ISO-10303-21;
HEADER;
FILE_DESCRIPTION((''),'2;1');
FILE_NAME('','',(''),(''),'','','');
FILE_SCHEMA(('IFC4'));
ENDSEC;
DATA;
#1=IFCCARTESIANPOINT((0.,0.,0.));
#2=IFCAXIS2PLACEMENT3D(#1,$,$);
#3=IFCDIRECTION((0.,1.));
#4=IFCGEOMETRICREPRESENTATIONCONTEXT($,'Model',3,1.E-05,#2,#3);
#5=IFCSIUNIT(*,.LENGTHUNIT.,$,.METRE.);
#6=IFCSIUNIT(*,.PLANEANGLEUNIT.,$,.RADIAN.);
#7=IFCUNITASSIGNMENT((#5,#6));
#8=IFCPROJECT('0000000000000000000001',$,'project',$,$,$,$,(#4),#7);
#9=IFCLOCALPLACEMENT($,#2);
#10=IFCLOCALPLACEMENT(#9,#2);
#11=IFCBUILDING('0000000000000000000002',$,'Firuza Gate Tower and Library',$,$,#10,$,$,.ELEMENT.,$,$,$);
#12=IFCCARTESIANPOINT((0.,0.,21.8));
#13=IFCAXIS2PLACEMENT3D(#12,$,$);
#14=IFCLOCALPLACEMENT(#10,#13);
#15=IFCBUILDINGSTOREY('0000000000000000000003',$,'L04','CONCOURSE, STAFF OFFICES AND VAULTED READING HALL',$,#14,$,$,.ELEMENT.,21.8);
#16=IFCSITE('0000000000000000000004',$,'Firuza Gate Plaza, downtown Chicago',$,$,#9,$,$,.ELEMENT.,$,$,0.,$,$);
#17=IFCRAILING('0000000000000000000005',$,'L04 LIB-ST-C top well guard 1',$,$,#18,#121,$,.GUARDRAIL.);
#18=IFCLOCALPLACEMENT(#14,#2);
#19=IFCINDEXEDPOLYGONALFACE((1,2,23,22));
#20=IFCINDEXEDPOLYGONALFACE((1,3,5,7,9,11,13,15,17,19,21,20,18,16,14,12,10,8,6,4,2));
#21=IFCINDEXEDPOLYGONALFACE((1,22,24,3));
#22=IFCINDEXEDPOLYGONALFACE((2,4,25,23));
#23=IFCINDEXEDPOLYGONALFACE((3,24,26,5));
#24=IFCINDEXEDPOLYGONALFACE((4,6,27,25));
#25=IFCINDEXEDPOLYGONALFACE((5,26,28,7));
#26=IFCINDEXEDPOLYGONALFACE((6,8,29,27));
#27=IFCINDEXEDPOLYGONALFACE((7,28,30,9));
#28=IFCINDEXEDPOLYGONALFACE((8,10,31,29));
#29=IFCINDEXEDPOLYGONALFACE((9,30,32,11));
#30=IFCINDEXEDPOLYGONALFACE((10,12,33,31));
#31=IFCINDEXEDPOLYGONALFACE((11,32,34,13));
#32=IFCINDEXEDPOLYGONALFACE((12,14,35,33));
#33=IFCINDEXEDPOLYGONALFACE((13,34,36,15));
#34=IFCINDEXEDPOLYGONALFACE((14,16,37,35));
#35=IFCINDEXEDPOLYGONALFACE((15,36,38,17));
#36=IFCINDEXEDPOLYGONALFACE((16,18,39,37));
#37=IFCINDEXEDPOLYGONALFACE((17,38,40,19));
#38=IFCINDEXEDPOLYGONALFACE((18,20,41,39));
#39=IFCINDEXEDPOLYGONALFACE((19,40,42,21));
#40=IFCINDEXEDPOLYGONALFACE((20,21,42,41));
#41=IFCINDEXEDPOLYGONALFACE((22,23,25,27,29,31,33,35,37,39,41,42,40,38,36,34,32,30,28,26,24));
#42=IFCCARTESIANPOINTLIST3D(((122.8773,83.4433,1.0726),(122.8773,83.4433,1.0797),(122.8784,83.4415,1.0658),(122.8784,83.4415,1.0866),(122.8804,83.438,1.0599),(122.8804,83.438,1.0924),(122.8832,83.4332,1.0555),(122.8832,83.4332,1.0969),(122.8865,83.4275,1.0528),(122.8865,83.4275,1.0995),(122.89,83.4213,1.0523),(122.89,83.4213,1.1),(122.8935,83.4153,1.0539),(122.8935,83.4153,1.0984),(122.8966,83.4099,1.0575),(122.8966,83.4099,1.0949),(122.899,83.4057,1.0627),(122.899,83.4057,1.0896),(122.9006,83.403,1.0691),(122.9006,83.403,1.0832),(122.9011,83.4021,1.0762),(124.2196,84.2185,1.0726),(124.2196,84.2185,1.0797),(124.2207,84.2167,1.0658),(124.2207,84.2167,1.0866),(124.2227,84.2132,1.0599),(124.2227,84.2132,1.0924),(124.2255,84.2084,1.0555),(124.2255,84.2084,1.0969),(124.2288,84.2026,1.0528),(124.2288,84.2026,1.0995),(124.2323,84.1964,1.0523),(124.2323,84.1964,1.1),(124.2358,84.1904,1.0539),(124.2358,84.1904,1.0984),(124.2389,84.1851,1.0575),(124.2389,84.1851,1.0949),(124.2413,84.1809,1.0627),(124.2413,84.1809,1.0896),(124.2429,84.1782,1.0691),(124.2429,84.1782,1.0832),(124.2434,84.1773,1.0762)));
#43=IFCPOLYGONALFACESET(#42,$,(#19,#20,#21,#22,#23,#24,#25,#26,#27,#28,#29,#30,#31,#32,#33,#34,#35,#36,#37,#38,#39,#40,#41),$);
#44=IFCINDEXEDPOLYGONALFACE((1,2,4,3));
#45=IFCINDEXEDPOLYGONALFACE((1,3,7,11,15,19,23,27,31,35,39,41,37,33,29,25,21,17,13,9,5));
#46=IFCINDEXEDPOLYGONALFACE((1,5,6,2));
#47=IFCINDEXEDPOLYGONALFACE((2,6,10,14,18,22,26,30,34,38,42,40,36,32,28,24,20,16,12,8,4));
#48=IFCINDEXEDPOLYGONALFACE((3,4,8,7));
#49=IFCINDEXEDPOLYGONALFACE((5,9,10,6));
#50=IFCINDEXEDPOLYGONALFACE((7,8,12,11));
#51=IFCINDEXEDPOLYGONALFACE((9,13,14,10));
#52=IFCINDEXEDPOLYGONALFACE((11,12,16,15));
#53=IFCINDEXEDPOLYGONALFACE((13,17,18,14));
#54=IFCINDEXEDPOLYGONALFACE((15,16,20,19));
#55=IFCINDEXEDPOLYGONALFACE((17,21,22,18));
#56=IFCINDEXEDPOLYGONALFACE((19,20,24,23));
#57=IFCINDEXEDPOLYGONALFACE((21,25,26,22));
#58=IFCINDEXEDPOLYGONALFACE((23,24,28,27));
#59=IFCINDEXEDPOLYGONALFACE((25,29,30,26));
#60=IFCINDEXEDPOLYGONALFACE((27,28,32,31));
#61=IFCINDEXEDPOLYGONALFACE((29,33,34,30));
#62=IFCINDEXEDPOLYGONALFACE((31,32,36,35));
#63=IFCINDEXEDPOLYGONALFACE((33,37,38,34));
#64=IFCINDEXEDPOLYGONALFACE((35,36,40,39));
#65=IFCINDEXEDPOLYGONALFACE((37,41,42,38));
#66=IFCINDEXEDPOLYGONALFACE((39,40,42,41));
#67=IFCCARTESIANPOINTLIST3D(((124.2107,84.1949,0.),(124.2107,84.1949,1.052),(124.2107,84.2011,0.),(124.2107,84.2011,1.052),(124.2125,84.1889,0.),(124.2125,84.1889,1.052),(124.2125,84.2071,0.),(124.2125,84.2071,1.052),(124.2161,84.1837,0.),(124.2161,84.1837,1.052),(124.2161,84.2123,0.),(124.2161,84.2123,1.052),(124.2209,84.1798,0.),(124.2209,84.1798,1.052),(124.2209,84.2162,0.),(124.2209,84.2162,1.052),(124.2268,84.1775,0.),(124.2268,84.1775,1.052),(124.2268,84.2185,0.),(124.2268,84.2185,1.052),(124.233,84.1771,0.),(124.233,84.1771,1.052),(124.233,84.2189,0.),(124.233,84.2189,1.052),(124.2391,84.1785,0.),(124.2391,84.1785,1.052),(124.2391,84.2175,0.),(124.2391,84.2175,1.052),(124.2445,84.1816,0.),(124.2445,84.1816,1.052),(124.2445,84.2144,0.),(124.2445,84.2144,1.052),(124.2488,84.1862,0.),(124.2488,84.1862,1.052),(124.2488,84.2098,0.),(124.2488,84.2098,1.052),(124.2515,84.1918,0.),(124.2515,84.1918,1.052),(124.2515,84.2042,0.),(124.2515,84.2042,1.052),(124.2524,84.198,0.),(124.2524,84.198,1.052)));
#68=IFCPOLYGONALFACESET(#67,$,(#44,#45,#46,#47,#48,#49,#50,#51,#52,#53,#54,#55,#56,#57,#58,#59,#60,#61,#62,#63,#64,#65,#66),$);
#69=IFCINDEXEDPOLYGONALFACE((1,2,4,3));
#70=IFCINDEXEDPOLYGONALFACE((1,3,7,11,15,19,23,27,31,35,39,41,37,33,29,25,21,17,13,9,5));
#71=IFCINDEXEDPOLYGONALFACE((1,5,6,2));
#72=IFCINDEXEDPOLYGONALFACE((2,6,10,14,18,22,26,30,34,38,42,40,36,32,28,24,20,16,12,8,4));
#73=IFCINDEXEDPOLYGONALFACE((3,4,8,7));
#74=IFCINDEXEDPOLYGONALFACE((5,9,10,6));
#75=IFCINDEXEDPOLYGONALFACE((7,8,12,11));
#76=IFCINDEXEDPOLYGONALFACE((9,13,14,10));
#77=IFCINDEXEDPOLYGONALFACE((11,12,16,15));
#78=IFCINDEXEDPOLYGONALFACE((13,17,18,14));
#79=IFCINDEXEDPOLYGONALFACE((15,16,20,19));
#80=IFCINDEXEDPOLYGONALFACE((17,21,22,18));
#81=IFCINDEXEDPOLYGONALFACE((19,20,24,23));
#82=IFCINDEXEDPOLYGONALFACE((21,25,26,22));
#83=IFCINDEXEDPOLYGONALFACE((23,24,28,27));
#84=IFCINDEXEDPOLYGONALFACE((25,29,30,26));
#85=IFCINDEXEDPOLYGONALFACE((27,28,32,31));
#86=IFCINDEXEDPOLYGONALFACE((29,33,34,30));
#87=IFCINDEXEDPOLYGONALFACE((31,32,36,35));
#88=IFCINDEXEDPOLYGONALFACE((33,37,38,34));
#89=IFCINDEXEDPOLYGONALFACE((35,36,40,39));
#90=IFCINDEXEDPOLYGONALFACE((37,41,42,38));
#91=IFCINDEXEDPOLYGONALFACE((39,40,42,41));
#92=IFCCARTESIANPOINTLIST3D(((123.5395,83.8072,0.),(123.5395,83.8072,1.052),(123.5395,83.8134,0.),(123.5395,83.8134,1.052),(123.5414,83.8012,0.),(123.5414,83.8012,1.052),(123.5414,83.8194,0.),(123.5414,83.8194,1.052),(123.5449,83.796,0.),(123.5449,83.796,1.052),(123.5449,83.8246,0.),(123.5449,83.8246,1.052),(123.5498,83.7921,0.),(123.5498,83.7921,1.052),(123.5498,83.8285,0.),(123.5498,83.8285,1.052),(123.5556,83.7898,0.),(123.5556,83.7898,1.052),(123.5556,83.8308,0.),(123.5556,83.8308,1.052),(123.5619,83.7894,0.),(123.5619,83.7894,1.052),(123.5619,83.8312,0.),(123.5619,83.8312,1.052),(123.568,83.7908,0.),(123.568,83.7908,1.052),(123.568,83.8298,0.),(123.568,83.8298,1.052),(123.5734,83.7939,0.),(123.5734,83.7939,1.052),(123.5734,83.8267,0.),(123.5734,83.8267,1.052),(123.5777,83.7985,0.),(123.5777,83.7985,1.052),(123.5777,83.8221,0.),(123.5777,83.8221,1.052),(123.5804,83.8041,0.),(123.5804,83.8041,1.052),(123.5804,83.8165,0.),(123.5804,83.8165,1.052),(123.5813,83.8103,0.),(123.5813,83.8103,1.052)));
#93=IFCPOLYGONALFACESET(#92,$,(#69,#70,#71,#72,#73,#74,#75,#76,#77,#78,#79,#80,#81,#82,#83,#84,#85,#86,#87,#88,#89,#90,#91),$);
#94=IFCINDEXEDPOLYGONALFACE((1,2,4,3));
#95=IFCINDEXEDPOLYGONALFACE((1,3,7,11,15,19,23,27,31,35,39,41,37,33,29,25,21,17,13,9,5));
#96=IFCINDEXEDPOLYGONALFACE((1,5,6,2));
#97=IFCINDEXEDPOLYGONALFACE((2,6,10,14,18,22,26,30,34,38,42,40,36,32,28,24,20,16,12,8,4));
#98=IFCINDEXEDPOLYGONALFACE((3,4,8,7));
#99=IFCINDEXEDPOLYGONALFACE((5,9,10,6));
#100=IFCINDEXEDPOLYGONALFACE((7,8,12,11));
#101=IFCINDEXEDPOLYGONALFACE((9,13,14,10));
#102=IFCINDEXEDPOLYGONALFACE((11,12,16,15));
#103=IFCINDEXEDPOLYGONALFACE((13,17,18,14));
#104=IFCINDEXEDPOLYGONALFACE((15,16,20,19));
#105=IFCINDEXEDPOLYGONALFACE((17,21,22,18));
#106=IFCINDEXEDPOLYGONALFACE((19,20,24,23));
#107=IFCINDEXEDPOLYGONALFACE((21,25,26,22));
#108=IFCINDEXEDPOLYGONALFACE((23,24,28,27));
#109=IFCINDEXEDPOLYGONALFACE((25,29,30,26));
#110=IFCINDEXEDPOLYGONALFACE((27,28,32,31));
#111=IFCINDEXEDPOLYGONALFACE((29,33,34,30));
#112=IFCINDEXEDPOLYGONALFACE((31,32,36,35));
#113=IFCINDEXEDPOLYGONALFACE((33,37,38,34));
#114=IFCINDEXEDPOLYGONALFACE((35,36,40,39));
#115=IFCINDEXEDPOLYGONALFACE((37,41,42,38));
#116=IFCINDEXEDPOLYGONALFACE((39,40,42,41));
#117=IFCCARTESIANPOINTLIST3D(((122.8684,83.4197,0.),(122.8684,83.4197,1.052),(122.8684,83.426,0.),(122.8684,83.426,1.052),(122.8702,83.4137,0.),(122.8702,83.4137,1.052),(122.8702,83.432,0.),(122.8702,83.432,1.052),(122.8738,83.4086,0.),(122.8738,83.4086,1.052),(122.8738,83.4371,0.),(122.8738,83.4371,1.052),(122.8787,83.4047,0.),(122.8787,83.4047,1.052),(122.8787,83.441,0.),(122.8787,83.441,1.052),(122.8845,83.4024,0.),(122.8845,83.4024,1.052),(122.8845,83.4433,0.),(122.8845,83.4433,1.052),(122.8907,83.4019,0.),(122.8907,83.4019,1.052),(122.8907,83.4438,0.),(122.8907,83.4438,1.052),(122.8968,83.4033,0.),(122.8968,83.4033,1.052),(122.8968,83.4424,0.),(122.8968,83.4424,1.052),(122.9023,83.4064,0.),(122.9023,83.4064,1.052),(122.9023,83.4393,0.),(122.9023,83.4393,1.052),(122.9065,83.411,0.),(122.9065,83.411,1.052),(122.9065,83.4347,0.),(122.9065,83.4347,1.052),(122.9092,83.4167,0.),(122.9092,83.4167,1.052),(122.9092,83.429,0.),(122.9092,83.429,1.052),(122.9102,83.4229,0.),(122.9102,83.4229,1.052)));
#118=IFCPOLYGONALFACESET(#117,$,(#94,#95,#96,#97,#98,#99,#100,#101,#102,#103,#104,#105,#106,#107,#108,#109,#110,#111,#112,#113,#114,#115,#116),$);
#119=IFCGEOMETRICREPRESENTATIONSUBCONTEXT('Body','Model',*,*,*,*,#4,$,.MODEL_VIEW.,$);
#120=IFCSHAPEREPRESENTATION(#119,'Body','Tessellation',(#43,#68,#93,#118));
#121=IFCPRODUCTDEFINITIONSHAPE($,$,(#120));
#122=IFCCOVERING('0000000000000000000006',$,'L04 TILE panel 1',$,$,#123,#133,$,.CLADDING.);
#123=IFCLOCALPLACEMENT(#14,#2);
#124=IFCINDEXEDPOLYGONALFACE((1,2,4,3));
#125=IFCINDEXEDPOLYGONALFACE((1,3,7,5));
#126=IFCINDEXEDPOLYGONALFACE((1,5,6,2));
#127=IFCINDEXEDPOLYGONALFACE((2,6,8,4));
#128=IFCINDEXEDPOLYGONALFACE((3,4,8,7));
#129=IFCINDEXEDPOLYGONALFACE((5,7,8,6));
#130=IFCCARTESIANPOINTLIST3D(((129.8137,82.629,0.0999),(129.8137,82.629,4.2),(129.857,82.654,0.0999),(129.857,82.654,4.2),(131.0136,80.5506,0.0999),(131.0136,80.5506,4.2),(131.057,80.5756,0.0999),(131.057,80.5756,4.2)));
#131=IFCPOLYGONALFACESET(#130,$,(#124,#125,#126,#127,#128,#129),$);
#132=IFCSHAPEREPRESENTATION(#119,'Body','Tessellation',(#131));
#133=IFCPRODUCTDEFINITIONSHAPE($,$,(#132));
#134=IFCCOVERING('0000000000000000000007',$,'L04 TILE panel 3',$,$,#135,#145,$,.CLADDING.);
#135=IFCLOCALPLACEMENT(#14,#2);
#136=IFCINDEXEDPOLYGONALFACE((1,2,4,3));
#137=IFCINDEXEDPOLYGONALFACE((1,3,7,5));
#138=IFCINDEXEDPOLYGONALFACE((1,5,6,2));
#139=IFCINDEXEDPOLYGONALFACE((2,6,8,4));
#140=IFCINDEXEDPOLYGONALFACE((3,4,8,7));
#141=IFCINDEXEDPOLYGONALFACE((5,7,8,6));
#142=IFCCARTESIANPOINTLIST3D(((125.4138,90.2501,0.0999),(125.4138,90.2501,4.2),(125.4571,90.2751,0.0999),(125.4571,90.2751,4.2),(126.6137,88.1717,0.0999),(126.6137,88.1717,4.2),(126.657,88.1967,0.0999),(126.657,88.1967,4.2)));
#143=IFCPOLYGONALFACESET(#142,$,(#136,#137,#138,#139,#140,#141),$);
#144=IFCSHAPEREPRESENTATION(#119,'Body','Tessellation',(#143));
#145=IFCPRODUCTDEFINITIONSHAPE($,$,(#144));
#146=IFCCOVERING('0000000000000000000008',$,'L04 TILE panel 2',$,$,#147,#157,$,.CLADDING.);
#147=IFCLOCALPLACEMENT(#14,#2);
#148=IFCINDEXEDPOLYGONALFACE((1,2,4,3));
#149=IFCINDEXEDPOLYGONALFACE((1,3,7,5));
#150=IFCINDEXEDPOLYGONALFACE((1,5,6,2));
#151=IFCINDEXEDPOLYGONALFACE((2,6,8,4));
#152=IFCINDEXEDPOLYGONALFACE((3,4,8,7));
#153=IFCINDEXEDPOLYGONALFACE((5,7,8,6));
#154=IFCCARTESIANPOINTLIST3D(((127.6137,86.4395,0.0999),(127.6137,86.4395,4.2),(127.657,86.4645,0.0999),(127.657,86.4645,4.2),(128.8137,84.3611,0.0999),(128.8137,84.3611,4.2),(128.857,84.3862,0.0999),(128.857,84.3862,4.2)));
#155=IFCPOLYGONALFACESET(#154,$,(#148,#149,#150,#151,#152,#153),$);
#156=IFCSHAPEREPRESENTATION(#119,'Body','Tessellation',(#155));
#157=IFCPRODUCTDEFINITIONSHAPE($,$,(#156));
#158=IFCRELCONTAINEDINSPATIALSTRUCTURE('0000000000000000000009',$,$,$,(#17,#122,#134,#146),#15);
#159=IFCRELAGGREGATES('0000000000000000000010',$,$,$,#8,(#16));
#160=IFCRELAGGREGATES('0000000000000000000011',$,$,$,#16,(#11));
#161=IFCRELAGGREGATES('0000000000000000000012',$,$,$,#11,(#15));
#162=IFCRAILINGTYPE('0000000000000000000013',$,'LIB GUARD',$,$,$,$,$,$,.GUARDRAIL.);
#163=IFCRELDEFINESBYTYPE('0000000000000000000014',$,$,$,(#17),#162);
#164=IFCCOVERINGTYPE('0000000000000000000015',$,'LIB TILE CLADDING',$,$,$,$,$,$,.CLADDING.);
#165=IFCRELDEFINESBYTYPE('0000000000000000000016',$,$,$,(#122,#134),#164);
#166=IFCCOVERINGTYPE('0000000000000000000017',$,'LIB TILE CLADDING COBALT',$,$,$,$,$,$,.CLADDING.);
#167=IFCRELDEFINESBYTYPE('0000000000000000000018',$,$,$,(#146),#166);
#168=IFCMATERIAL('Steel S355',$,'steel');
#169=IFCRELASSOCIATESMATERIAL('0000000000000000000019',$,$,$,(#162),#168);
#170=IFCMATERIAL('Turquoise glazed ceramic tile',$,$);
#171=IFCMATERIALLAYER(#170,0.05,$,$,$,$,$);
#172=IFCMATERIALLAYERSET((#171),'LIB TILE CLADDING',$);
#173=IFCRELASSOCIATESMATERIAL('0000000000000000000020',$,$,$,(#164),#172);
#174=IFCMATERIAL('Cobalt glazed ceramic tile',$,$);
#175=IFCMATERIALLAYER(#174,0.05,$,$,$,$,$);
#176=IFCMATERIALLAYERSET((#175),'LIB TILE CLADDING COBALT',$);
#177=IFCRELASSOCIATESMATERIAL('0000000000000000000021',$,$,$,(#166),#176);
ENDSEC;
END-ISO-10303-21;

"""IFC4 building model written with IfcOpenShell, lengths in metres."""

from ifc_helpers import new_model, si_unit, direction, frame, origin, origin_2d, place, context, subcontext, project, spatial, rectangle, circle, extrude, material, layer, layer_set, type_object, element, save


model = new_model("IFC4")

# Units and contexts
model_context = context("Model", 3, precision=1e-05, world=origin(), true_north=direction((0.0, 1.0)))
body_context = subcontext(model_context, "Body", "Model", "MODEL_VIEW")
ifc_project = project(units=[si_unit("LENGTHUNIT", "METRE"), si_unit("PLANEANGLEUNIT", "RADIAN")], contexts=[model_context])

# Site, building, storey
site_placement = place(None, origin())
site = spatial("IfcSite", under=ifc_project, at=site_placement, Name="Firuza Gate Plaza, downtown Chicago", CompositionType="ELEMENT", RefElevation=0.0)
building_placement = place(site_placement, origin())
building = spatial("IfcBuilding", under=site, at=building_placement, Name="Firuza Gate Tower and Library", CompositionType="ELEMENT")
storey_placement = place(building_placement, frame((0.0, 0.0, 21.8)))
storey = spatial("IfcBuildingStorey", under=building, at=storey_placement, Name="L04", Description="CONCOURSE, STAFF OFFICES AND VAULTED READING HALL", CompositionType="ELEMENT", Elevation=21.8)

# Railing
ifc_material_1 = material(Name="Steel S355", Category="steel")
railing_type = type_object("IfcRailingType", Name="LIB GUARD", PredefinedType="GUARDRAIL", material=ifc_material_1)
railing_placement = place(storey_placement, frame((124.2314, 84.198, 0.0)))
element("IfcRailing", 1, at=railing_placement, inside=storey, type_object=railing_type, Name="L04 LIB-ST-C top well guard 1", PredefinedType="GUARDRAIL", context=body_context, shape_type="SweptSolid", body=[
    extrude(circle(Radius=0.0239, at=origin_2d()), frame((0.0, 0.0, 1.0762), z_axis=(-0.865976, -0.500086, 0.0), x_axis=(0.500086, -0.865976, 0.0)), (0.0, 0.0, 1.0), 1.55),
    extrude(circle(Radius=0.021, at=origin_2d()), origin(), (0.0, 0.0, 1.0), 1.052),
    extrude(circle(Radius=0.021, at=origin_2d()), frame((-0.6711, -0.3877, 0.0)), (0.0, 0.0, 1.0), 1.052),
    extrude(circle(Radius=0.021, at=origin_2d()), frame((-1.3423, -0.7751, 0.0)), (0.0, 0.0, 1.0), 1.052),
])

# Coverings
ifc_material_2 = material(Name="Turquoise glazed ceramic tile")
ifc_layer_1 = layer(ifc_material_2, 0.05)
ifc_layer_set_1 = layer_set([ifc_layer_1], Name="LIB TILE CLADDING")
covering_type_1 = type_object("IfcCoveringType", Name="LIB TILE CLADDING", PredefinedType="CLADDING", material=ifc_layer_set_1)
for number, where, z_axis, x_axis, name in (
    (2, (130.4353, 81.6023, 0.0999), (0.0, 0.0, 1.0), (-0.5, 0.866025, 0.0), "L04 TILE panel 1"),
    (3, (126.0354, 89.2234, 0.0999), (0.0, 0.0, 1.0), (-0.5, 0.866025, 0.0), "L04 TILE panel 3"),
):
    element("IfcCovering", number, at=place(storey_placement, frame(where, z_axis=z_axis, x_axis=x_axis)), inside=storey, type_object=covering_type_1, Name=name, PredefinedType="CLADDING", context=body_context, shape_type="SweptSolid", body=[
        extrude(rectangle(XDim=2.3999, YDim=0.05, at=origin_2d()), origin(), (0.0, 0.0, 1.0), 4.1001),
    ])
ifc_material_3 = material(Name="Cobalt glazed ceramic tile")
ifc_layer_2 = layer(ifc_material_3, 0.05)
ifc_layer_set_2 = layer_set([ifc_layer_2], Name="LIB TILE CLADDING COBALT")
covering_type_2 = type_object("IfcCoveringType", Name="LIB TILE CLADDING COBALT", PredefinedType="CLADDING", material=ifc_layer_set_2)
covering_placement = place(storey_placement, frame((128.2354, 85.4128, 0.0999), z_axis=(0.0, 0.0, 1.0), x_axis=(-0.5, 0.866025, 0.0)))
element("IfcCovering", 4, at=covering_placement, inside=storey, type_object=covering_type_2, Name="L04 TILE panel 2", PredefinedType="CLADDING", context=body_context, shape_type="SweptSolid", body=[
    extrude(rectangle(XDim=2.3999, YDim=0.05, at=origin_2d()), origin(), (0.0, 0.0, 1.0), 4.1001),
])

save(model, "model.ifc")
